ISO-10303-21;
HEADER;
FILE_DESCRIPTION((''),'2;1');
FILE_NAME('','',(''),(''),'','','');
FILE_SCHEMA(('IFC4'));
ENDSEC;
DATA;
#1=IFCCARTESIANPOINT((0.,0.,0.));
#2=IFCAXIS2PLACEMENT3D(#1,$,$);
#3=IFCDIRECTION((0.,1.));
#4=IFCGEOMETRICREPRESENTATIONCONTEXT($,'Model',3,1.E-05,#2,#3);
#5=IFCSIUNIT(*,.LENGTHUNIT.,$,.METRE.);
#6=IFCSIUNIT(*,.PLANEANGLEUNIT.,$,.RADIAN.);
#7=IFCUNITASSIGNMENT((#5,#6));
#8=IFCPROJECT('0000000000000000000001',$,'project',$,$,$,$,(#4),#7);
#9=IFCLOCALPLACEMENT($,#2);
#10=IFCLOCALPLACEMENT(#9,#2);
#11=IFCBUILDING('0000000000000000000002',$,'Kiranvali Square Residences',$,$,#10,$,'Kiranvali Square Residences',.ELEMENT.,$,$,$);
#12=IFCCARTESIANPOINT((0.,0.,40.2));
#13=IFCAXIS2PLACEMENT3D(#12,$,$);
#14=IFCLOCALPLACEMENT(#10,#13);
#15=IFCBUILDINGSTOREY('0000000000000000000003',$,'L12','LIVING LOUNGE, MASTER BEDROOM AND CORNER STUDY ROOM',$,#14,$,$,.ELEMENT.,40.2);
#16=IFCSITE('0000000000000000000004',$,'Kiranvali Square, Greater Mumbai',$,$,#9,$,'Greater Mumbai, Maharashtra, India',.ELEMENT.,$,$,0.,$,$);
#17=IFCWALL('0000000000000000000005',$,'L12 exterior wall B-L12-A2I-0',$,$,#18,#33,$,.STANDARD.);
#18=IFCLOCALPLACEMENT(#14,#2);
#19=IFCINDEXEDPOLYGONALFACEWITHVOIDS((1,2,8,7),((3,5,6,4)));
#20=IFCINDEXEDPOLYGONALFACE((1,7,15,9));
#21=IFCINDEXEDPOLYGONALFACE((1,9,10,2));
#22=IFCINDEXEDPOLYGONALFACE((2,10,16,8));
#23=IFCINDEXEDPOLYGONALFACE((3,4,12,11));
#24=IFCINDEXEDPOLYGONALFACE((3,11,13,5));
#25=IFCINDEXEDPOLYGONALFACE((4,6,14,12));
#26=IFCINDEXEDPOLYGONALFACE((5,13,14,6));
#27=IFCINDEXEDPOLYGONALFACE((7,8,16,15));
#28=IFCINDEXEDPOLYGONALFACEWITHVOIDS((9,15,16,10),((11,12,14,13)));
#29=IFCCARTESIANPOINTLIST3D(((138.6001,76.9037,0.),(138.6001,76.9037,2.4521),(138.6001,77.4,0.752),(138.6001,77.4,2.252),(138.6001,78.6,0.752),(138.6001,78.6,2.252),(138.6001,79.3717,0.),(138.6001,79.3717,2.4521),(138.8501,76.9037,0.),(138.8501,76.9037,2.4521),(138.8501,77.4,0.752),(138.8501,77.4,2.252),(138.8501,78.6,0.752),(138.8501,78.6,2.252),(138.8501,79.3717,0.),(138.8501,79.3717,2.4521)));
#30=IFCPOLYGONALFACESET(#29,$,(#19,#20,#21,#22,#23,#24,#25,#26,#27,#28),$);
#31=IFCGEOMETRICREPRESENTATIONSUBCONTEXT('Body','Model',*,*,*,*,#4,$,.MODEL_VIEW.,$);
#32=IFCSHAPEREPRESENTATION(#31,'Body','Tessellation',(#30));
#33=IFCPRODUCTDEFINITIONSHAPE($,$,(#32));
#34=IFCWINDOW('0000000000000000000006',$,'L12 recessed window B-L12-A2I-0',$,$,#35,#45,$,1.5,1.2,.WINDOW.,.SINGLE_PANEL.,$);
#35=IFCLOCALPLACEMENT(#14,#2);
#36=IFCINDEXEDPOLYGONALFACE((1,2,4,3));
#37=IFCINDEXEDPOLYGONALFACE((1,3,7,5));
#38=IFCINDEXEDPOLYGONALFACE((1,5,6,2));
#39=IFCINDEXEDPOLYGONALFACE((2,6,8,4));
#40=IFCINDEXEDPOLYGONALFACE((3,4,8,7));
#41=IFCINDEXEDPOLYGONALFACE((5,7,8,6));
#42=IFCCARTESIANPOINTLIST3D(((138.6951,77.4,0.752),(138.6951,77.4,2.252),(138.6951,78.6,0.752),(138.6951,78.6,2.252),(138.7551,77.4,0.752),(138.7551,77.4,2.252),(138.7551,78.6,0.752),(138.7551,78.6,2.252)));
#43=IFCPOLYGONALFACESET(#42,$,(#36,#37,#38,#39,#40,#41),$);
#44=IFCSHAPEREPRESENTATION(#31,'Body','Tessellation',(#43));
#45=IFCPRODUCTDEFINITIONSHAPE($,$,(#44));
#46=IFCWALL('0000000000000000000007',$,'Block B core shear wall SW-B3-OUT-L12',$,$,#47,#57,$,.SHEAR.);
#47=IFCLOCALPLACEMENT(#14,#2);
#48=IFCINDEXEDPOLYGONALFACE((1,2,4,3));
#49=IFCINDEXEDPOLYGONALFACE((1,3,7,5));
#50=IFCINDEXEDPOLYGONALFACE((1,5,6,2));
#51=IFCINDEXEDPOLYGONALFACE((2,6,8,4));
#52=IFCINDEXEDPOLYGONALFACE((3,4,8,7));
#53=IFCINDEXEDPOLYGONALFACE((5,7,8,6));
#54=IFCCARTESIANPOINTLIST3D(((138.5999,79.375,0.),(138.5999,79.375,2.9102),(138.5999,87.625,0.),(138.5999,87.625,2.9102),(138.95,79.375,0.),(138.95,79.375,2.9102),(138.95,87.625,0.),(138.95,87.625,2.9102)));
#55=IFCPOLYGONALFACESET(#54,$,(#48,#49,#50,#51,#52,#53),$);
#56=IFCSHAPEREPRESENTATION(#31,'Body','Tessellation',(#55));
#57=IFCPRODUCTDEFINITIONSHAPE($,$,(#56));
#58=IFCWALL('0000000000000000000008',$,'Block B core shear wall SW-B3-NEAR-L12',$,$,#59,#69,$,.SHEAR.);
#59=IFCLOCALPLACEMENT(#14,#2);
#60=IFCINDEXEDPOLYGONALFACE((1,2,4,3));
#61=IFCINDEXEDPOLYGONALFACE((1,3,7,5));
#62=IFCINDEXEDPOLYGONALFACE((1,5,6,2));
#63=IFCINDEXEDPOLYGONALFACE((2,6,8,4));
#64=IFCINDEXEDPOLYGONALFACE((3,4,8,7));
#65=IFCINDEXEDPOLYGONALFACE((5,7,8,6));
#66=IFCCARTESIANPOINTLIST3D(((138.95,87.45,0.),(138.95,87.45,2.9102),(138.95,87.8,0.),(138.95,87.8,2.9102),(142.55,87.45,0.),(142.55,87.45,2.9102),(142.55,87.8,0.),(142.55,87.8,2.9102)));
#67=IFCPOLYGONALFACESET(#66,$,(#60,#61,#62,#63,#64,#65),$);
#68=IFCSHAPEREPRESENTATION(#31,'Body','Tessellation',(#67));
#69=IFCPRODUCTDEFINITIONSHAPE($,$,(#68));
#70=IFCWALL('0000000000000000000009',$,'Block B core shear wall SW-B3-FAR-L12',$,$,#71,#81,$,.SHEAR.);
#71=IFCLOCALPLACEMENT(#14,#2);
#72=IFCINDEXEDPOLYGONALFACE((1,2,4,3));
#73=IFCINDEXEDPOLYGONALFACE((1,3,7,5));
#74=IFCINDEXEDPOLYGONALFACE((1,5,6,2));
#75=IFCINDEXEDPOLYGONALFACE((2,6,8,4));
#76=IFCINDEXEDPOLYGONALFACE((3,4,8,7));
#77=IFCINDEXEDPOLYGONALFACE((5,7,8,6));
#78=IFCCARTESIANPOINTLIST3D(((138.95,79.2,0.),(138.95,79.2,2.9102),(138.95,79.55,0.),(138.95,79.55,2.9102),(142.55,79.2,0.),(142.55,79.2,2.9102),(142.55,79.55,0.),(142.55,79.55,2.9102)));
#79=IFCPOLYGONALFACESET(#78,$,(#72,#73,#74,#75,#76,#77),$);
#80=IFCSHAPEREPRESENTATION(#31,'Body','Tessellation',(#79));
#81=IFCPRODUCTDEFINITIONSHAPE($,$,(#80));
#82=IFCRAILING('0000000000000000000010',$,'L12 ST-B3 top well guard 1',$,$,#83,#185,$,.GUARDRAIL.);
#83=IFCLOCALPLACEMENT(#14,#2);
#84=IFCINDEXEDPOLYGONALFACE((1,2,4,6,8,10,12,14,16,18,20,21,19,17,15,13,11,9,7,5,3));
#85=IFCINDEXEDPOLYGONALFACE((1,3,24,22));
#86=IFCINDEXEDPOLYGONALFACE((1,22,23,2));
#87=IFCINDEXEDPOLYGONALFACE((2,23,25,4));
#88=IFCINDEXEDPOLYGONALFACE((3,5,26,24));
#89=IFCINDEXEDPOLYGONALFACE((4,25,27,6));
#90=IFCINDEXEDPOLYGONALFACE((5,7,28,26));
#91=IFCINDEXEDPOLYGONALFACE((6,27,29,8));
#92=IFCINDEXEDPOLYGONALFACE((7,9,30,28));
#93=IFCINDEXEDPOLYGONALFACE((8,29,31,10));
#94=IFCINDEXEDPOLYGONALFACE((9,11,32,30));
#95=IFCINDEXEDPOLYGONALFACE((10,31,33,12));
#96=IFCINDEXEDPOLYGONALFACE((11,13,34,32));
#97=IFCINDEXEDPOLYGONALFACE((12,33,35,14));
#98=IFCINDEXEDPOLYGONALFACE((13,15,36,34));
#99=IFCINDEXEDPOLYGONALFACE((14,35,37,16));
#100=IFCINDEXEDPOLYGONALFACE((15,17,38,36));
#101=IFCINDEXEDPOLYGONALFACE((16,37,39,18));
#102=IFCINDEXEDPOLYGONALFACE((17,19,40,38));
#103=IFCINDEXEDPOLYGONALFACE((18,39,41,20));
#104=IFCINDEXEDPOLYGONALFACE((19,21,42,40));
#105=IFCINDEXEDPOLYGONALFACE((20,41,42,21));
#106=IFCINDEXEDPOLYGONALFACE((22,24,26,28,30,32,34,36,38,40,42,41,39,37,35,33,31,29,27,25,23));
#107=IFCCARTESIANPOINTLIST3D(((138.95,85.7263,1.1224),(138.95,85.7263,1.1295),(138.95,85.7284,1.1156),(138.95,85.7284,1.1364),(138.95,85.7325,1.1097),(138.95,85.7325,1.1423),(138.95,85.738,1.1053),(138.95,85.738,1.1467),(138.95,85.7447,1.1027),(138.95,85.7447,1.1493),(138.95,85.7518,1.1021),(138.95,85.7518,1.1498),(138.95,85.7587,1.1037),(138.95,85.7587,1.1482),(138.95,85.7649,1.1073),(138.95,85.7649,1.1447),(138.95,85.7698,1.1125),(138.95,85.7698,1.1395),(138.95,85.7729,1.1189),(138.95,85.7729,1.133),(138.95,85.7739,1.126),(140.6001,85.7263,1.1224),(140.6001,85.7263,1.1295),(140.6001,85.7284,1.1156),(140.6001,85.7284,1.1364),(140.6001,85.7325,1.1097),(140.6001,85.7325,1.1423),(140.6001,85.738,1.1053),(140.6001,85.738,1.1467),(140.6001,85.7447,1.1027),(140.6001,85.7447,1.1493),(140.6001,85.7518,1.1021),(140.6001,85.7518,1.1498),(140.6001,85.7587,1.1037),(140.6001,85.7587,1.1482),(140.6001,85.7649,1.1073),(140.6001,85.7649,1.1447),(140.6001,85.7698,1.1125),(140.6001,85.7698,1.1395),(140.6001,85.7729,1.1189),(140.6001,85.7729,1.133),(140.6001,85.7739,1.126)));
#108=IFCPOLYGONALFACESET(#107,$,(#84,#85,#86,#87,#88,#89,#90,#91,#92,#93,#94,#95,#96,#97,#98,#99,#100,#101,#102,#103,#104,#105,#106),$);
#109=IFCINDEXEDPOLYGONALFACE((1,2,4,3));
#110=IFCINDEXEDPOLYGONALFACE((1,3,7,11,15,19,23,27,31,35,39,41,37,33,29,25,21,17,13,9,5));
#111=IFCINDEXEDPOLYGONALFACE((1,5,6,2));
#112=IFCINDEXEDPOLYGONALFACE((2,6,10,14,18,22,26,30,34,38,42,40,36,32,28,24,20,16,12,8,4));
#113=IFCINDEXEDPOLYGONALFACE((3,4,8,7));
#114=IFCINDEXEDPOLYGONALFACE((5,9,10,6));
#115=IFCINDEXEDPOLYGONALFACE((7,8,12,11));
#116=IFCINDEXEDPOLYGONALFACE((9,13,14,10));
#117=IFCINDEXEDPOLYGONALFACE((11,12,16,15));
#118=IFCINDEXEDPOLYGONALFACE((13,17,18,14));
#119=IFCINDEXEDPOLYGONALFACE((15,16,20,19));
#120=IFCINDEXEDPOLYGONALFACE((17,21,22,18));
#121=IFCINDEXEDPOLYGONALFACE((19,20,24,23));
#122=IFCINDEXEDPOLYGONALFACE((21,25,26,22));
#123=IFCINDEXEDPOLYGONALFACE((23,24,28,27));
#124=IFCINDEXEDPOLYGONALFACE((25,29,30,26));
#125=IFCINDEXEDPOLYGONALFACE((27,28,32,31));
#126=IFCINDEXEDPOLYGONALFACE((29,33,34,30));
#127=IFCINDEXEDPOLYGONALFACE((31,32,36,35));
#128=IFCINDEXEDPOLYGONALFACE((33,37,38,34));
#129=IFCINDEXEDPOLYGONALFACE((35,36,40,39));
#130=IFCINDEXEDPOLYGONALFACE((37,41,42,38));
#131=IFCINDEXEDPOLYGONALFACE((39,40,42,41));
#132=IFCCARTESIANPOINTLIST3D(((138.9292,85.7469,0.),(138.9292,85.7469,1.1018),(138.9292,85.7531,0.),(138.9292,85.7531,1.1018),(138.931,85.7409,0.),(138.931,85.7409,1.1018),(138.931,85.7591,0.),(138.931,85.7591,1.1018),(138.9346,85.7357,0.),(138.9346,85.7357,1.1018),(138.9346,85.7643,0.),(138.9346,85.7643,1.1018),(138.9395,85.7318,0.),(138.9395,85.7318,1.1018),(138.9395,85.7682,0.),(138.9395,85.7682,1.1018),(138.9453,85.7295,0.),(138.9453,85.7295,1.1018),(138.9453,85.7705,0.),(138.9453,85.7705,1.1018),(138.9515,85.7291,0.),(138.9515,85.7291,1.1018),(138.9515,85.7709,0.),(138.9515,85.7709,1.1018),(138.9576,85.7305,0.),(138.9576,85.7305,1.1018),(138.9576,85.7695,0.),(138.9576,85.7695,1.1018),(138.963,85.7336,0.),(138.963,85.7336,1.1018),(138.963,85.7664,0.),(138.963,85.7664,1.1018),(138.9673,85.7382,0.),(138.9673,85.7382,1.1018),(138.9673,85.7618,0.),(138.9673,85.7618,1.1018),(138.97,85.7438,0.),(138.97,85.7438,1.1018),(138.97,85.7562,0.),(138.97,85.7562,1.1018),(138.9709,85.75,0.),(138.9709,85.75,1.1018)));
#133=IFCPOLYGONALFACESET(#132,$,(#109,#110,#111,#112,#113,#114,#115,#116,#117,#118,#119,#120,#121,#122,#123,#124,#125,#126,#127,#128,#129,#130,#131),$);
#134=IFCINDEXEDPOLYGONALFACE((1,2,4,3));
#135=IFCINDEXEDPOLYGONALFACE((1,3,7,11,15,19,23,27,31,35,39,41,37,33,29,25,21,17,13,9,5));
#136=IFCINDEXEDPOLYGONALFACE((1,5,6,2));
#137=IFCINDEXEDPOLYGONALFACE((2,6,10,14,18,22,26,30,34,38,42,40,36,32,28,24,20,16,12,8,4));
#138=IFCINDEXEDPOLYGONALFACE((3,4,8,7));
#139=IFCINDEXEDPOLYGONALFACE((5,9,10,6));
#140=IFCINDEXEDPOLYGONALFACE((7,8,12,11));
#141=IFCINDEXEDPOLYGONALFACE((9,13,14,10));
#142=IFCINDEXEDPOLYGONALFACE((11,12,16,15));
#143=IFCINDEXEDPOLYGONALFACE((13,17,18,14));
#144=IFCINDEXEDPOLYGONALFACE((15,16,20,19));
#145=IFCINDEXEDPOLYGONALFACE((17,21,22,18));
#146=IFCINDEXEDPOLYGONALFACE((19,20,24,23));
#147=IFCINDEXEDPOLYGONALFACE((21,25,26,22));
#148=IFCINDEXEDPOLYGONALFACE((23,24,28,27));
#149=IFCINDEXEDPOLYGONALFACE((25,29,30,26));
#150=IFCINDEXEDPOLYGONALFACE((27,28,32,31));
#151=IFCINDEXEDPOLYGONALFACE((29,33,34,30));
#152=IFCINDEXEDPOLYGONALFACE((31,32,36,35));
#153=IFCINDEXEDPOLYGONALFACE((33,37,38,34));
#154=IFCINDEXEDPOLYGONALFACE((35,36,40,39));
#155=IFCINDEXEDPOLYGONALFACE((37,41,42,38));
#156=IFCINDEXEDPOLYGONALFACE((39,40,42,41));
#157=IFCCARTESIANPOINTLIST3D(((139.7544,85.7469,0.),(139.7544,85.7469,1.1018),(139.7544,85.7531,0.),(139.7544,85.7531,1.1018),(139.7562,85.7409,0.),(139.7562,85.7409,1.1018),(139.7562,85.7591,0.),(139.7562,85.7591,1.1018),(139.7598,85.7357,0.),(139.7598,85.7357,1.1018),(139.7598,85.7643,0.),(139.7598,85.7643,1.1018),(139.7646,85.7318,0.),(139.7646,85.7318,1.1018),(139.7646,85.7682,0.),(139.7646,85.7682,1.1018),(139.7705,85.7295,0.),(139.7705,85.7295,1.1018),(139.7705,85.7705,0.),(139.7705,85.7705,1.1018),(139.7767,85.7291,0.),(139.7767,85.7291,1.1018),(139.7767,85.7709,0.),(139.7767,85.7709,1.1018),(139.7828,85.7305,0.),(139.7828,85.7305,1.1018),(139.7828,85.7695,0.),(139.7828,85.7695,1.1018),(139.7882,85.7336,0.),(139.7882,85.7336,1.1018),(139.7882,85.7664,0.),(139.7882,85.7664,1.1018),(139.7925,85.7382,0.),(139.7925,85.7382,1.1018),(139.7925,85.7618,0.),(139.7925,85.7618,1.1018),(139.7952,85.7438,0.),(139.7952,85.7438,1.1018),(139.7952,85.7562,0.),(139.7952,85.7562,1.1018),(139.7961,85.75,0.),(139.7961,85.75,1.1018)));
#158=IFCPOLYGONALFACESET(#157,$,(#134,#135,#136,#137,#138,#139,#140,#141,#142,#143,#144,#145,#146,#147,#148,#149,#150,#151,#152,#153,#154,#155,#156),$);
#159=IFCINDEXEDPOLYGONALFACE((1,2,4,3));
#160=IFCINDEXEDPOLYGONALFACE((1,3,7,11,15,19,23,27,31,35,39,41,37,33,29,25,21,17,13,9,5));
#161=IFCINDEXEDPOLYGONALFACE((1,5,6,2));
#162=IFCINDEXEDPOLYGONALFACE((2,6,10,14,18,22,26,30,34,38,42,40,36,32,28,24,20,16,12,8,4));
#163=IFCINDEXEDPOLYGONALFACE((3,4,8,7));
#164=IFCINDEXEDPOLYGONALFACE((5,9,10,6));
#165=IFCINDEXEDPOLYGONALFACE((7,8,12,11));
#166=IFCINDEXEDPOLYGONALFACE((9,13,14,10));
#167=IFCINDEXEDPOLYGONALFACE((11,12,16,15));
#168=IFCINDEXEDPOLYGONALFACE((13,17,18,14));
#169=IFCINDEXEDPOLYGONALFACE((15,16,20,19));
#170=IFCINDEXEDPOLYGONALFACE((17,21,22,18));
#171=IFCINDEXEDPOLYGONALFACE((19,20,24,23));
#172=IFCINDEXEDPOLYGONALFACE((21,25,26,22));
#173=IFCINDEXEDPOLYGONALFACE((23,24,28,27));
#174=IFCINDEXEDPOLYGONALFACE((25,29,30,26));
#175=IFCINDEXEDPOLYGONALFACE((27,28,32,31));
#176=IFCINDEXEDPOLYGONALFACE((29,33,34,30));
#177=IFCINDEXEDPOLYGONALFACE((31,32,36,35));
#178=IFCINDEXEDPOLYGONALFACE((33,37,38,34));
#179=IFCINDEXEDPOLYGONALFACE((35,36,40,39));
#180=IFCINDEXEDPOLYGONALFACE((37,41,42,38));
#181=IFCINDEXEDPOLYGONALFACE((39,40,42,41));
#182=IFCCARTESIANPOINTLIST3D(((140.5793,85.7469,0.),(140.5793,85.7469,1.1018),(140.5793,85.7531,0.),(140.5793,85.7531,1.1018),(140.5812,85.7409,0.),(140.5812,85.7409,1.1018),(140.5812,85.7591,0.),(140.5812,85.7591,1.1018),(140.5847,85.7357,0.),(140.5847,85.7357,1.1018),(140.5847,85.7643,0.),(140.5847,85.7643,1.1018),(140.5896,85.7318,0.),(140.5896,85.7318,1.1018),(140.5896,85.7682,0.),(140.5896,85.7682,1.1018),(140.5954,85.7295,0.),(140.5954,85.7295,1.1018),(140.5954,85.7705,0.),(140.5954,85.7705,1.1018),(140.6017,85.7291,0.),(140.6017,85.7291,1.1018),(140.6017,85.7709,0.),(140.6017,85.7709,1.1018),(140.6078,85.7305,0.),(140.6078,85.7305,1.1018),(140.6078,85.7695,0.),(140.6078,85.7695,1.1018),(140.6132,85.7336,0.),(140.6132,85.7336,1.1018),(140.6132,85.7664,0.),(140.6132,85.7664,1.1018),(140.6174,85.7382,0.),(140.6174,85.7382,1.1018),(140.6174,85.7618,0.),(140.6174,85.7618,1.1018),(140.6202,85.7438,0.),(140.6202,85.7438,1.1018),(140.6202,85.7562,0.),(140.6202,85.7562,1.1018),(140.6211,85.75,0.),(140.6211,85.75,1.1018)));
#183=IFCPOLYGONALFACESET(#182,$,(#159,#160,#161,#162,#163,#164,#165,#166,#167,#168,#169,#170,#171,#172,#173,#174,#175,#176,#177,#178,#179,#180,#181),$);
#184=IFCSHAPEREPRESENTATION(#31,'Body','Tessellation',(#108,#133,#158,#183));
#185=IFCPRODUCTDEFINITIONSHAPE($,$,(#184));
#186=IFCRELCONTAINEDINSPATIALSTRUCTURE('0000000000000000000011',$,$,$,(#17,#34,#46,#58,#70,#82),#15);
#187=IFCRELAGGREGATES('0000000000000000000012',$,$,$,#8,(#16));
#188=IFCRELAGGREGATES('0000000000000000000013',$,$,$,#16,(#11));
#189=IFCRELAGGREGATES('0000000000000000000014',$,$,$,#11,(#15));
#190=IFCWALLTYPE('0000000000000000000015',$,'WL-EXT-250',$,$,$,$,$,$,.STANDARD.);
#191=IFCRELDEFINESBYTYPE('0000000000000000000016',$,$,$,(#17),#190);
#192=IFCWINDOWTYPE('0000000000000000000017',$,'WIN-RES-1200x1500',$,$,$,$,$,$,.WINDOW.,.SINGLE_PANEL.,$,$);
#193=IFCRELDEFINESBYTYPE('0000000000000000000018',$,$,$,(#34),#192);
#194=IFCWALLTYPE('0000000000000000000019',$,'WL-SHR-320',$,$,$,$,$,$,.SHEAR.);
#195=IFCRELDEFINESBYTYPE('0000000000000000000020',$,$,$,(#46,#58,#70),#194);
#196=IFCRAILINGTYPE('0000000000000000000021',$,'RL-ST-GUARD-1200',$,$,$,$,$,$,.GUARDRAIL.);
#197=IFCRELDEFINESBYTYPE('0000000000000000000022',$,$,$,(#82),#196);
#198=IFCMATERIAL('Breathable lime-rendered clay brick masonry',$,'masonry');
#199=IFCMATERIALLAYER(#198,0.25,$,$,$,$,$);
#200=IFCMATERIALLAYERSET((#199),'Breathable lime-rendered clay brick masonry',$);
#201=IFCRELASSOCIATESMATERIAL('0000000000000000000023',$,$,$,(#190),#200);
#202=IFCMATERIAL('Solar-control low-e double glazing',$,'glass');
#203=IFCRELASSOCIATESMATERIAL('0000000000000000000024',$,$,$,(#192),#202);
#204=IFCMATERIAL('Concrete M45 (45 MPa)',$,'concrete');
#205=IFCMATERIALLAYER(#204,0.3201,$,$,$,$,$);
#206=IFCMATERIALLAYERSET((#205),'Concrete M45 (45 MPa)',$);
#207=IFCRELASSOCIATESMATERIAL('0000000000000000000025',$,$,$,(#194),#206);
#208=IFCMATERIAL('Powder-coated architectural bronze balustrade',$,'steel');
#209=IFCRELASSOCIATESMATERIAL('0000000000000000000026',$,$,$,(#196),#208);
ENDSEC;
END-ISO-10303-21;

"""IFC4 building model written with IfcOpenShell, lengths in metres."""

from ifc_helpers import new_model, si_unit, direction, frame, frame_2d, origin, origin_2d, place, context, subcontext, project, spatial, rectangle, circle, extrude, material, layer, layer_set, type_object, element, fill, save


model = new_model("IFC4")

# Units and contexts
model_context = context("Model", 3, precision=1e-05, world=origin(), true_north=direction((0.0, 1.0)))
body_context = subcontext(model_context, "Body", "Model", "MODEL_VIEW")
ifc_project = project(units=[si_unit("LENGTHUNIT", "METRE"), si_unit("PLANEANGLEUNIT", "RADIAN")], contexts=[model_context])

# Site, building, storey
site_placement = place(None, origin())
site = spatial("IfcSite", under=ifc_project, at=site_placement, Name="Kiranvali Square, Greater Mumbai", LongName="Greater Mumbai, Maharashtra, India", CompositionType="ELEMENT", RefElevation=0.0)
building_placement = place(site_placement, origin())
building = spatial("IfcBuilding", under=site, at=building_placement, Name="Kiranvali Square Residences", LongName="Kiranvali Square Residences", CompositionType="ELEMENT")
storey_placement = place(building_placement, frame((0.0, 0.0, 40.2)))
storey = spatial("IfcBuildingStorey", under=building, at=storey_placement, Name="L12", Description="LIVING LOUNGE, MASTER BEDROOM AND CORNER STUDY ROOM", CompositionType="ELEMENT", Elevation=40.2)

# Shared definitions
ifc_material_1 = material(Name="Concrete M45 (45 MPa)", Category="concrete")

# Wall, opening, window
ifc_material_2 = material(Name="Breathable lime-rendered clay brick masonry", Category="masonry")
ifc_layer_1 = layer(ifc_material_2, 0.25)
ifc_layer_set_1 = layer_set([ifc_layer_1], Name="Breathable lime-rendered clay brick masonry")
wall_type_1 = type_object("IfcWallType", Name="WL-EXT-250", PredefinedType="STANDARD", material=ifc_layer_set_1)
wall_1_placement = place(storey_placement, frame((138.7251, 79.3716, 0.0), z_axis=(0.0, 0.0, 1.0), x_axis=(0.0, -1.0, 0.0)))
wall_1 = element("IfcWall", 1, at=wall_1_placement, inside=storey, type_object=wall_type_1, Name="L12 exterior wall B-L12-A2I-0", PredefinedType="STANDARD", context=body_context, shape_type="SweptSolid", body=[
    extrude(rectangle(XDim=2.468, YDim=0.25, at=frame_2d((1.2339, 0.0))), origin(), (0.0, 0.0, 1.0), 2.4521),
])
opening_1_placement = place(wall_1_placement, frame((0.7715, 0.0, 0.752)))
opening_1 = element("IfcOpeningElement", 2, at=opening_1_placement, cuts=wall_1, PredefinedType="OPENING", context=body_context, shape_type="SweptSolid", body=[
    extrude(rectangle(XDim=1.2, YDim=1.5, at=frame_2d((0.6001, 0.75))), frame((0.0, 0.135, 0.0), z_axis=(0.0, -1.0, 0.0), x_axis=(1.0, 0.0, 0.0)), (0.0, 0.0, 1.0), 0.27),
])
ifc_material_3 = material(Name="Solar-control low-e double glazing", Category="glass")
window_type = type_object("IfcWindowType", Name="WIN-RES-1200x1500", PartitioningType="SINGLE_PANEL", PredefinedType="WINDOW", material=ifc_material_3)
window_placement = place(opening_1_placement, origin())
window = element("IfcWindow", 3, at=window_placement, inside=storey, type_object=window_type, Name="L12 recessed window B-L12-A2I-0", OverallHeight=1.5, OverallWidth=1.2, PartitioningType="SINGLE_PANEL", PredefinedType="WINDOW", context=body_context, shape_type="SweptSolid", body=[
    extrude(rectangle(XDim=1.2, YDim=1.5, at=frame_2d((0.6001, 0.75))), frame((0.0, 0.03, 0.0), z_axis=(0.0, -1.0, 0.0), x_axis=(1.0, 0.0, 0.0)), (0.0, 0.0, 1.0), 0.0601),
])
fill(opening_1, window)

# Wall
ifc_layer_2 = layer(ifc_material_1, 0.3201)
ifc_layer_set_2 = layer_set([ifc_layer_2], Name="Concrete M45 (45 MPa)")
wall_type_2 = type_object("IfcWallType", Name="WL-SHR-320", PredefinedType="SHEAR", material=ifc_layer_set_2)
wall_2_placement = place(storey_placement, frame((138.7749, 87.625, 0.0), z_axis=(0.0, 0.0, 1.0), x_axis=(0.0, -1.0, 0.0)))
element("IfcWall", 4, at=wall_2_placement, inside=storey, type_object=wall_type_2, Name="Block B core shear wall SW-B3-OUT-L12", PredefinedType="SHEAR", context=body_context, shape_type="SweptSolid", body=[
    extrude(rectangle(XDim=8.25, YDim=0.3501, at=frame_2d((4.125, 0.0))), origin(), (0.0, 0.0, 1.0), 2.9102),
])

# Walls
for number, where, z_axis, x_axis, name in (
    (5, (138.95, 87.625, 0.0), (0.0, 0.0, 1.0), (1.0, 0.0, 0.0), "Block B core shear wall SW-B3-NEAR-L12"),
    (6, (138.95, 79.375, 0.0), (0.0, 0.0, 1.0), (1.0, 0.0, 0.0), "Block B core shear wall SW-B3-FAR-L12"),
):
    element("IfcWall", number, at=place(storey_placement, frame(where, z_axis=z_axis, x_axis=x_axis)), inside=storey, type_object=wall_type_2, Name=name, PredefinedType="SHEAR", context=body_context, shape_type="SweptSolid", body=[
        extrude(rectangle(XDim=3.6001, YDim=0.3501, at=frame_2d((1.8, 0.0))), origin(), (0.0, 0.0, 1.0), 2.9102),
    ])

# Railing
ifc_material_4 = material(Name="Powder-coated architectural bronze balustrade", Category="steel")
railing_type = type_object("IfcRailingType", Name="RL-ST-GUARD-1200", PredefinedType="GUARDRAIL", material=ifc_material_4)
railing_placement = place(storey_placement, frame((138.95, 85.75, 0.0)))
element("IfcRailing", 7, at=railing_placement, inside=storey, type_object=railing_type, Name="L12 ST-B3 top well guard 1", PredefinedType="GUARDRAIL", context=body_context, shape_type="SweptSolid", body=[
    extrude(circle(Radius=0.0239, at=origin_2d()), frame((0.0, 0.0, 1.126), z_axis=(1.0, 0.0, 0.0), x_axis=(0.0, 1.0, 0.0)), (0.0, 0.0, 1.0), 1.6501),
    extrude(circle(Radius=0.021, at=origin_2d()), origin(), (0.0, 0.0, 1.0), 1.1018),
    extrude(circle(Radius=0.021, at=origin_2d()), frame((0.8252, 0.0, 0.0)), (0.0, 0.0, 1.0), 1.1018),
    extrude(circle(Radius=0.021, at=origin_2d()), frame((1.6501, 0.0, 0.0)), (0.0, 0.0, 1.0), 1.1018),
])

save(model, "model.ifc")
